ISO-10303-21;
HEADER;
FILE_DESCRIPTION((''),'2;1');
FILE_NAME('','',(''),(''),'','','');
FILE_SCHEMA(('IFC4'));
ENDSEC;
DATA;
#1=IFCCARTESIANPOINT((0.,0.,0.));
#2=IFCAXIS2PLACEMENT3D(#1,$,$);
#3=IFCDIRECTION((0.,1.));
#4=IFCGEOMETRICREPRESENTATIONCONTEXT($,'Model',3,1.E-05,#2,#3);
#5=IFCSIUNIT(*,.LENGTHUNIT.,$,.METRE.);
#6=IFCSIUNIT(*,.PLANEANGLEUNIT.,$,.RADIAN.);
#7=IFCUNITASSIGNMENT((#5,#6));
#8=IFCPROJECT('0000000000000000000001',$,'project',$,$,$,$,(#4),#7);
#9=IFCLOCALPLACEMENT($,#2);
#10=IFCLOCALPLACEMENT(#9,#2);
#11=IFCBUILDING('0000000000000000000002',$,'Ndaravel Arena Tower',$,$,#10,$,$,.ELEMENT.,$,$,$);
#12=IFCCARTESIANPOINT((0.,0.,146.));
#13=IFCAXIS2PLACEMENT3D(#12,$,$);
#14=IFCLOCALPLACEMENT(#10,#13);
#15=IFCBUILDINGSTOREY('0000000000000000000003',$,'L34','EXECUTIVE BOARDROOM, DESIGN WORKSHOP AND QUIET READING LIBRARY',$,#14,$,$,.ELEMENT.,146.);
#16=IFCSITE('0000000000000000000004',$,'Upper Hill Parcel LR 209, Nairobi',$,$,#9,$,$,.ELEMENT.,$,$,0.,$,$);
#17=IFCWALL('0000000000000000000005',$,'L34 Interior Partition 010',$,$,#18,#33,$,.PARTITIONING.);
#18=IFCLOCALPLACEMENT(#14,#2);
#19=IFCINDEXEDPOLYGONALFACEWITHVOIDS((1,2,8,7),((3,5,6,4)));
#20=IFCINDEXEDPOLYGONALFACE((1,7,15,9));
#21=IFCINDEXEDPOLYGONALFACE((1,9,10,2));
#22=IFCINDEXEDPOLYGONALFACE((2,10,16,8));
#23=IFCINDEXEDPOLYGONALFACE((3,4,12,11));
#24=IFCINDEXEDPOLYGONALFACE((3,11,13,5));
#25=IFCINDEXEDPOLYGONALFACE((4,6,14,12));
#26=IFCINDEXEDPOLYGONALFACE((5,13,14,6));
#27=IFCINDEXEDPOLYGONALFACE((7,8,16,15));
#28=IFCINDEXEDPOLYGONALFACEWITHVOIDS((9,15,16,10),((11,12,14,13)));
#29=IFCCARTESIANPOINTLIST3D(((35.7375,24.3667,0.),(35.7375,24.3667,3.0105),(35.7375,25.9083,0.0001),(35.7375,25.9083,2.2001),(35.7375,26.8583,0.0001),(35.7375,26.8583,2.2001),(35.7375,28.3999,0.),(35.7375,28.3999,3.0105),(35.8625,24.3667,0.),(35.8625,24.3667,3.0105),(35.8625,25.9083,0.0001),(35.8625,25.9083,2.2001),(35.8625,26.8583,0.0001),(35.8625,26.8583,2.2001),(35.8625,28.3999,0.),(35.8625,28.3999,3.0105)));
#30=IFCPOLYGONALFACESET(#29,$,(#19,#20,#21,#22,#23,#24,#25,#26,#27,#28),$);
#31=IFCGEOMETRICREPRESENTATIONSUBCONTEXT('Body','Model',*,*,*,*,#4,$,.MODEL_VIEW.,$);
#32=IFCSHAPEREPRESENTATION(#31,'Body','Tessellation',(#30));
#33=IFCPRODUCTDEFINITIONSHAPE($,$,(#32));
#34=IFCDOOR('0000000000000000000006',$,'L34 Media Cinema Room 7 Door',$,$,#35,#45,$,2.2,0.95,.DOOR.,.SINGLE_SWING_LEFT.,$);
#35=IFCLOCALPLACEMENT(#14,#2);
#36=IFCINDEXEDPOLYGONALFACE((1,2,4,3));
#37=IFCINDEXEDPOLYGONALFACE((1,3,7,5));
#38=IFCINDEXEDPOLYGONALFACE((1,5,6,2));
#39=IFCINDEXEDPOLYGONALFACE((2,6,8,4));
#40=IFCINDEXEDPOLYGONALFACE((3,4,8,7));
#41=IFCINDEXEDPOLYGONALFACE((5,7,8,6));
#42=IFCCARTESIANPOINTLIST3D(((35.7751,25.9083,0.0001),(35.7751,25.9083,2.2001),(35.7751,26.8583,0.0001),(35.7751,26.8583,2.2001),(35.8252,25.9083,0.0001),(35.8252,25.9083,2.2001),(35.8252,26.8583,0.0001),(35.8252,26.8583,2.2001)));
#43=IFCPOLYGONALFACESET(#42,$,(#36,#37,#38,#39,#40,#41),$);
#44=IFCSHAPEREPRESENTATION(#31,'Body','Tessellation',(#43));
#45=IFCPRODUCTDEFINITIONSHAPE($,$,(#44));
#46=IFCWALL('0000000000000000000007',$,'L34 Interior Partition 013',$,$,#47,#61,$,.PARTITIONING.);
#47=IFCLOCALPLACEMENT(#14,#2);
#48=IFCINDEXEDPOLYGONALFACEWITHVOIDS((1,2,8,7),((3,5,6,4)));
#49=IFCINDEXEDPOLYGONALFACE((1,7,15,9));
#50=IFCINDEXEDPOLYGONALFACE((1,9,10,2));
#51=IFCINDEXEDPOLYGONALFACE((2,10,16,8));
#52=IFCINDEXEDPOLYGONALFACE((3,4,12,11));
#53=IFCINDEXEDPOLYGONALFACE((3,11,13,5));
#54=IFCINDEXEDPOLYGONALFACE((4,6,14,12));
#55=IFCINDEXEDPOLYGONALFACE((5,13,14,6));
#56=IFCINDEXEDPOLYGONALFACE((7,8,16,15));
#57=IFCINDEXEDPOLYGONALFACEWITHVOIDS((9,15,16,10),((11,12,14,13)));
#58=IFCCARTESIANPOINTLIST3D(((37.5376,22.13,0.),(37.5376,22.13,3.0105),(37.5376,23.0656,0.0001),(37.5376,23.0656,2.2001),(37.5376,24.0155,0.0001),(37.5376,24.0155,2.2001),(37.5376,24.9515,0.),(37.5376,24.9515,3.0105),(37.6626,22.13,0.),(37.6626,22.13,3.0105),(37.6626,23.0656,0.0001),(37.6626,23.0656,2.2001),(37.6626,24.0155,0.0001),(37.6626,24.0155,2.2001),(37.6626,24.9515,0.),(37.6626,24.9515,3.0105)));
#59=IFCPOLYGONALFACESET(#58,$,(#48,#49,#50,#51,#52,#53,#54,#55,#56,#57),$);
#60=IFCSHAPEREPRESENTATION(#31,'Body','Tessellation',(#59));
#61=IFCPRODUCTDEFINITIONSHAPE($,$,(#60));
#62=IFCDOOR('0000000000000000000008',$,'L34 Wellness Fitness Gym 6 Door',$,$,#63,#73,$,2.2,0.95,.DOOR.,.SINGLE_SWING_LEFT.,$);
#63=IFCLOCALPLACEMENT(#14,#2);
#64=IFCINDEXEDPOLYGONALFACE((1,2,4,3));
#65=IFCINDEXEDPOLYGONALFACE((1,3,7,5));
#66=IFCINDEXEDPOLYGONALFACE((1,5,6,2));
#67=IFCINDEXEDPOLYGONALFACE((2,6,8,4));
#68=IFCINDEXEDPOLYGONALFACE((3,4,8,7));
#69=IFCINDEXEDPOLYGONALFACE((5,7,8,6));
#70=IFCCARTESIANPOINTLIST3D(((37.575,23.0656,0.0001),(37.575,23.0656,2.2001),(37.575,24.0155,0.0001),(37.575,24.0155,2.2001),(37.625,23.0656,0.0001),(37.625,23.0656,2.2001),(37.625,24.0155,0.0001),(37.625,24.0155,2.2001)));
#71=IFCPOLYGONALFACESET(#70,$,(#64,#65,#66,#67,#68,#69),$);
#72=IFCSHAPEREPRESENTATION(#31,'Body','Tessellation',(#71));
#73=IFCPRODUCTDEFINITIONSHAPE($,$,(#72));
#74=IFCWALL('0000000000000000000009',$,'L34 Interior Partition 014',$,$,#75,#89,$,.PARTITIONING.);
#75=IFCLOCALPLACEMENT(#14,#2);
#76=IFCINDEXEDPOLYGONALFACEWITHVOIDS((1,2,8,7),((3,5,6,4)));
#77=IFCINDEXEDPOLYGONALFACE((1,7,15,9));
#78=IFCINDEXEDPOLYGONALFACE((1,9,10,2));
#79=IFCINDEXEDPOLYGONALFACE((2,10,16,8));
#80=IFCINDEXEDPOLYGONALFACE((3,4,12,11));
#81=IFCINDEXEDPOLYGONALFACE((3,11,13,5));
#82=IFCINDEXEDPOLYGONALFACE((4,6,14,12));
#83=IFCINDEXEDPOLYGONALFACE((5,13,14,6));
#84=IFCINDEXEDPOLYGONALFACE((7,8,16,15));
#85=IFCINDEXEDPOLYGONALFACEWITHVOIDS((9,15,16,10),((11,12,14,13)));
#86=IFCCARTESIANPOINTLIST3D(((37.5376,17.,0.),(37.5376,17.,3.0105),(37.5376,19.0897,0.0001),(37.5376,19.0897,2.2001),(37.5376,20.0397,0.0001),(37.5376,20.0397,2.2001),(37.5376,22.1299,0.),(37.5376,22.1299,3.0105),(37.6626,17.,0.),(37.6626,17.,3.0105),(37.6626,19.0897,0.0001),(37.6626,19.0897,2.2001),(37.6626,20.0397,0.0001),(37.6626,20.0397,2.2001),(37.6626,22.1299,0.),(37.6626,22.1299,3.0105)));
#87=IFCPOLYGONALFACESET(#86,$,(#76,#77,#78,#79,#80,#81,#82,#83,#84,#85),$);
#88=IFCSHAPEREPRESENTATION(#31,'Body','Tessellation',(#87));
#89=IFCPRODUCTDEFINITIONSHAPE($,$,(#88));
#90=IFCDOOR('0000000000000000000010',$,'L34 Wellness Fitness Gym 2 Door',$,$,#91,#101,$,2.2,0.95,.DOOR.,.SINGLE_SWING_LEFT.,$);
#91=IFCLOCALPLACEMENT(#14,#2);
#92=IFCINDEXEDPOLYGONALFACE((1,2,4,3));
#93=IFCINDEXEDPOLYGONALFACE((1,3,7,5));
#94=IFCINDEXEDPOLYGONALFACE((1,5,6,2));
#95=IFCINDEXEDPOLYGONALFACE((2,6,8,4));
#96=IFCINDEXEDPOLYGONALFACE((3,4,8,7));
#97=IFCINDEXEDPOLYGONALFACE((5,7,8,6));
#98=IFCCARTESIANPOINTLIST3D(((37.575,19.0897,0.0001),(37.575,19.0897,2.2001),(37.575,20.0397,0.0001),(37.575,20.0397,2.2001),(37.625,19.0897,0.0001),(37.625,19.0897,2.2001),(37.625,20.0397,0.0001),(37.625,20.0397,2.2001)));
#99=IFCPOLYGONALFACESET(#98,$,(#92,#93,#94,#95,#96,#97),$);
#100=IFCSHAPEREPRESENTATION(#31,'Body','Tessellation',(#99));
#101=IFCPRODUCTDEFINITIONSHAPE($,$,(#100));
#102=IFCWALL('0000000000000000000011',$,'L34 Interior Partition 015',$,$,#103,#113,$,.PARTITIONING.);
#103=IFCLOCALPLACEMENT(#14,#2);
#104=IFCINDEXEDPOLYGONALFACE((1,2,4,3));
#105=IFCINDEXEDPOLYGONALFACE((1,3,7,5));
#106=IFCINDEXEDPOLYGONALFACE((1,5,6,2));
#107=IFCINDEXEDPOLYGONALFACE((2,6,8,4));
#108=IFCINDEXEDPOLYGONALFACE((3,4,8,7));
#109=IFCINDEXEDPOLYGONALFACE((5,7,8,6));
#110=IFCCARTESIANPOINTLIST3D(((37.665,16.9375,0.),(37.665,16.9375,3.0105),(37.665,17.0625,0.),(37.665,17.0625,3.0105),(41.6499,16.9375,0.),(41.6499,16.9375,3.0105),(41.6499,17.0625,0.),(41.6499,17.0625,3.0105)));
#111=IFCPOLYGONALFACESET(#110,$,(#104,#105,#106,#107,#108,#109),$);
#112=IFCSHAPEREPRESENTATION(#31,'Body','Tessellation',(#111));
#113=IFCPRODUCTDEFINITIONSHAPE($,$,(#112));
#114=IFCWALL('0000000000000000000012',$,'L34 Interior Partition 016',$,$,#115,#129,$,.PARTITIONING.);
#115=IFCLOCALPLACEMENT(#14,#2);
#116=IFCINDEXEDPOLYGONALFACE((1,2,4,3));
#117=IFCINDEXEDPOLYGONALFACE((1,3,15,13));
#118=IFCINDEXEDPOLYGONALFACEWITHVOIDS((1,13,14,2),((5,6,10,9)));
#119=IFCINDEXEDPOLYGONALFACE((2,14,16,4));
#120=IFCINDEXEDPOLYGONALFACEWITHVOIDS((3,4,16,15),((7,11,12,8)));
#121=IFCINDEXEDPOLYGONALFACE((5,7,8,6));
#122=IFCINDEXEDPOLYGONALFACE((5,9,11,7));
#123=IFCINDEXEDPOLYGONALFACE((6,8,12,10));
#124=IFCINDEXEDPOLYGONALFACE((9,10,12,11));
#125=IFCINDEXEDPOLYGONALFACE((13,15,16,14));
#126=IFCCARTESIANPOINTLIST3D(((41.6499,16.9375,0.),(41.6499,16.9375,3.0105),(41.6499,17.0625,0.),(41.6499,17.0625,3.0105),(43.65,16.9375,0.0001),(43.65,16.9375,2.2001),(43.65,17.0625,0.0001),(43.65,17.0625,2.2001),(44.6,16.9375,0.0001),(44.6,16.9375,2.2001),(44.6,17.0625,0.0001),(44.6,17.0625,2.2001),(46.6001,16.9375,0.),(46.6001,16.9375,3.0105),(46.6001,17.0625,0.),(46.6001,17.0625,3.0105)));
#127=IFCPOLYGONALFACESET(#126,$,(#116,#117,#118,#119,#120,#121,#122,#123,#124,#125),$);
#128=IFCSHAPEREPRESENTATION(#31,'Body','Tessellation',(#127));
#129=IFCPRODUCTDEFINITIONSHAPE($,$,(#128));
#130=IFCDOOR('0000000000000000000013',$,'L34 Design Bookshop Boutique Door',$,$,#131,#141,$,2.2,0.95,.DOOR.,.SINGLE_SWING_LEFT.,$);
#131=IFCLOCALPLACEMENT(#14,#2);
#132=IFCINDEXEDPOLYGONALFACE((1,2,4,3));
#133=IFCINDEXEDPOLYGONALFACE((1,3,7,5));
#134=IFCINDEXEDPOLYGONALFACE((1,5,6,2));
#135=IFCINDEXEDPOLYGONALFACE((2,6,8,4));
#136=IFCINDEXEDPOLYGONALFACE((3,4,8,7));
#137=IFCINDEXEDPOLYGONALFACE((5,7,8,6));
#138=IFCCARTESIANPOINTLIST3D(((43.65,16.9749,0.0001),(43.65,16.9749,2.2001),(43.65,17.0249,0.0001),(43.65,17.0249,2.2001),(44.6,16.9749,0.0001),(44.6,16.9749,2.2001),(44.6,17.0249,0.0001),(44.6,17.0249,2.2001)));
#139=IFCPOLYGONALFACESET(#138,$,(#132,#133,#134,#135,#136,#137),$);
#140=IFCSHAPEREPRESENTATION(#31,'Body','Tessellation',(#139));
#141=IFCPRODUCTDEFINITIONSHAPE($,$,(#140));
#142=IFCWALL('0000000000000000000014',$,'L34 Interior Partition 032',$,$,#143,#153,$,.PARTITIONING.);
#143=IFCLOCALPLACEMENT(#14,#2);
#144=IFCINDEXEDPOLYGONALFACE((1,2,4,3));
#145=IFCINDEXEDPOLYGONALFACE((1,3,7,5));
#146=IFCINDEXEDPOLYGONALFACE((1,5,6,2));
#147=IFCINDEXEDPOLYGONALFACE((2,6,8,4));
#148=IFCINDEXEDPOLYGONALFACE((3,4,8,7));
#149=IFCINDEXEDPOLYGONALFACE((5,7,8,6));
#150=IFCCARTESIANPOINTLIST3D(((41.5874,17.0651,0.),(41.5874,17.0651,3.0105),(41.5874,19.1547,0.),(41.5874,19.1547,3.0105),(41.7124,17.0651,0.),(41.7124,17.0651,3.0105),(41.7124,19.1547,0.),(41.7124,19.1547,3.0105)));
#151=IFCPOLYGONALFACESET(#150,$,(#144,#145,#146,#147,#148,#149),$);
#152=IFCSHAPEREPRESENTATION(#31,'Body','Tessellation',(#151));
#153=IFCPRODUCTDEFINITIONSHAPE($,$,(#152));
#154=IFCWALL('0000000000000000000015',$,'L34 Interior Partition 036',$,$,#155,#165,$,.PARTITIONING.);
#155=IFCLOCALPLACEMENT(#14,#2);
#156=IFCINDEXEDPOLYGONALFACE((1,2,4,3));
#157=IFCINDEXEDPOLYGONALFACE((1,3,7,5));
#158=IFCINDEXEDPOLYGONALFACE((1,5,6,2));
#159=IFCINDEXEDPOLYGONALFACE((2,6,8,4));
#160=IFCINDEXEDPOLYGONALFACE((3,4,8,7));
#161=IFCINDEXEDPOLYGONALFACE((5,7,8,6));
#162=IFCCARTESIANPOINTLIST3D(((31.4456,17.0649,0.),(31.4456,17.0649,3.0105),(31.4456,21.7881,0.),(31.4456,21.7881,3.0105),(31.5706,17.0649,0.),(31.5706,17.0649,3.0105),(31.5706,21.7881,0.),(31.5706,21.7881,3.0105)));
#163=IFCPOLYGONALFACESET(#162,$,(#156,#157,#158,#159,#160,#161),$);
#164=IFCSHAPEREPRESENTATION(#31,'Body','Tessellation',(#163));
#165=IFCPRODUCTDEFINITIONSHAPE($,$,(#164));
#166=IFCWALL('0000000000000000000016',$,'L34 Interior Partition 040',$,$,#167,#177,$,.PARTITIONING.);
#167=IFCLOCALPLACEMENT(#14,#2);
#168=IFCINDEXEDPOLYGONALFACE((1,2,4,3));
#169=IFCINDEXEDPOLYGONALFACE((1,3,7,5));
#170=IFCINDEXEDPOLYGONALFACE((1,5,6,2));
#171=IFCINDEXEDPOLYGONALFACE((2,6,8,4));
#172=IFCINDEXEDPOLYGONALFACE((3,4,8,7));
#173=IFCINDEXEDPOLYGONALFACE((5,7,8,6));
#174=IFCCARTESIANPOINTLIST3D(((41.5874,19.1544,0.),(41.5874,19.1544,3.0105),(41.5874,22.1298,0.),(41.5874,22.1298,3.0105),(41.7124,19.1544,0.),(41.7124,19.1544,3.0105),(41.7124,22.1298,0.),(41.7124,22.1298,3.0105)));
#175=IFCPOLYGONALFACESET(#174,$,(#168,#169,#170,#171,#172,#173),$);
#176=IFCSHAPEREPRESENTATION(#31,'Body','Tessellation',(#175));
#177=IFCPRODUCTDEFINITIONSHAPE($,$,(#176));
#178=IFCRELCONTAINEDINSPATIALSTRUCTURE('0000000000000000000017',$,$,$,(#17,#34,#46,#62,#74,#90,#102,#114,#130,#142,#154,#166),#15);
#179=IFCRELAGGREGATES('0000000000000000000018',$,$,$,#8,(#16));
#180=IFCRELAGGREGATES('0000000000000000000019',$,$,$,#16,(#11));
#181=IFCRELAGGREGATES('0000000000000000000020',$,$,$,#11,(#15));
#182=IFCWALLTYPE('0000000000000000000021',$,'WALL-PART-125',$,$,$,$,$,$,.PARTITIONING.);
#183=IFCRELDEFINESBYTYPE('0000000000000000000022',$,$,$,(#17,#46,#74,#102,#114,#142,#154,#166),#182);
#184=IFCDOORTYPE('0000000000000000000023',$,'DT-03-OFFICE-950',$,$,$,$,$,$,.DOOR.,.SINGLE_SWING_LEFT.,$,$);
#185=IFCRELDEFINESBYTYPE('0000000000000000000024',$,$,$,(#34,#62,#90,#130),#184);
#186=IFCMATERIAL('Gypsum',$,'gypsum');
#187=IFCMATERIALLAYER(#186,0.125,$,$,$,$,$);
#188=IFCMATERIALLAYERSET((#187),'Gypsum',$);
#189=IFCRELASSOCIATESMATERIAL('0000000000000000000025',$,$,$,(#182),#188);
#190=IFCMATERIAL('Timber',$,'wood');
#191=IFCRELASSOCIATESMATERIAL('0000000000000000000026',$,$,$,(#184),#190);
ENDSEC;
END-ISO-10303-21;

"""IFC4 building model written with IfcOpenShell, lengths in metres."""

from ifc_helpers import new_model, si_unit, direction, frame, frame_2d, origin, place, context, subcontext, project, spatial, rectangle, extrude, material, layer, layer_set, type_object, element, fill, save


model = new_model("IFC4")

# Units and contexts
model_context = context("Model", 3, precision=1e-05, world=origin(), true_north=direction((0.0, 1.0)))
body_context = subcontext(model_context, "Body", "Model", "MODEL_VIEW")
ifc_project = project(units=[si_unit("LENGTHUNIT", "METRE"), si_unit("PLANEANGLEUNIT", "RADIAN")], contexts=[model_context])

# Site, building, storey
site_placement = place(None, origin())
site = spatial("IfcSite", under=ifc_project, at=site_placement, Name="Upper Hill Parcel LR 209, Nairobi", CompositionType="ELEMENT", RefElevation=0.0)
building_placement = place(site_placement, origin())
building = spatial("IfcBuilding", under=site, at=building_placement, Name="Ndaravel Arena Tower", CompositionType="ELEMENT")
storey_placement = place(building_placement, frame((0.0, 0.0, 146.0)))
storey = spatial("IfcBuildingStorey", under=building, at=storey_placement, Name="L34", Description="EXECUTIVE BOARDROOM, DESIGN WORKSHOP AND QUIET READING LIBRARY", CompositionType="ELEMENT", Elevation=146.0)

# Shared definitions
ifc_material_1 = material(Name="Gypsum", Category="gypsum")
ifc_layer_1 = layer(ifc_material_1, 0.125)
ifc_layer_set_1 = layer_set([ifc_layer_1], Name="Gypsum")
wall_type_1 = type_object("IfcWallType", Name="WALL-PART-125", PredefinedType="PARTITIONING", material=ifc_layer_set_1)

# Walls, openings, doors
ifc_material_2 = material(Name="Timber", Category="wood")
door_type_1 = type_object("IfcDoorType", Name="DT-03-OFFICE-950", OperationType="SINGLE_SWING_LEFT", PredefinedType="DOOR", material=ifc_material_2)
wall_1_placement = place(storey_placement, frame((35.8, 24.3667, 0.0), z_axis=(0.0, 0.0, 1.0), x_axis=(0.0, 1.0, 0.0)))
wall_1 = element("IfcWall", 1, at=wall_1_placement, inside=storey, type_object=wall_type_1, Name="L34 Interior Partition 010", PredefinedType="PARTITIONING", context=body_context, shape_type="SweptSolid", body=[
    extrude(rectangle(XDim=4.0332, YDim=0.125, at=frame_2d((2.0166, 0.0))), origin(), (0.0, 0.0, 1.0), 3.0105),
])
opening_1_placement = place(wall_1_placement, frame((1.5415, 0.0, 0.0)))
opening_1 = element("IfcOpeningElement", 2, at=opening_1_placement, cuts=wall_1, PredefinedType="OPENING", context=body_context, shape_type="SweptSolid", body=[
    extrude(rectangle(XDim=0.95, YDim=2.2, at=frame_2d((0.4751, 1.1001))), frame((0.0, 0.0625, 0.0), z_axis=(0.0, -1.0, 0.0), x_axis=(1.0, 0.0, 0.0)), (0.0, 0.0, 1.0), 0.125),
])
door_1_placement = place(opening_1_placement, origin())
door_1 = element("IfcDoor", 3, at=door_1_placement, inside=storey, type_object=door_type_1, Name="L34 Media Cinema Room 7 Door", OperationType="SINGLE_SWING_LEFT", OverallHeight=2.2, OverallWidth=0.95, PredefinedType="DOOR", context=body_context, shape_type="SweptSolid", body=[
    extrude(rectangle(XDim=0.95, YDim=2.2, at=frame_2d((0.4751, 1.1001))), frame((0.0, 0.0249, 0.0), z_axis=(0.0, -1.0, 0.0), x_axis=(1.0, 0.0, 0.0)), (0.0, 0.0, 1.0), 0.05),
])
fill(opening_1, door_1)
wall_2_placement = place(storey_placement, frame((37.6001, 24.9514, 0.0), z_axis=(0.0, 0.0, 1.0), x_axis=(0.0, -1.0, 0.0)))
wall_2 = element("IfcWall", 4, at=wall_2_placement, inside=storey, type_object=wall_type_1, Name="L34 Interior Partition 013", PredefinedType="PARTITIONING", context=body_context, shape_type="SweptSolid", body=[
    extrude(rectangle(XDim=2.8215, YDim=0.125, at=frame_2d((1.4106, 0.0))), origin(), (0.0, 0.0, 1.0), 3.0105),
])
opening_2_placement = place(wall_2_placement, frame((0.9358, 0.0, 0.0)))
opening_2 = element("IfcOpeningElement", 5, at=opening_2_placement, cuts=wall_2, PredefinedType="OPENING", context=body_context, shape_type="SweptSolid", body=[
    extrude(rectangle(XDim=0.95, YDim=2.2, at=frame_2d((0.4751, 1.1001))), frame((0.0, 0.0625, 0.0), z_axis=(0.0, -1.0, 0.0), x_axis=(1.0, 0.0, 0.0)), (0.0, 0.0, 1.0), 0.125),
])
door_2_placement = place(opening_2_placement, origin())
door_2 = element("IfcDoor", 6, at=door_2_placement, inside=storey, type_object=door_type_1, Name="L34 Wellness Fitness Gym 6 Door", OperationType="SINGLE_SWING_LEFT", OverallHeight=2.2, OverallWidth=0.95, PredefinedType="DOOR", context=body_context, shape_type="SweptSolid", body=[
    extrude(rectangle(XDim=0.95, YDim=2.2, at=frame_2d((0.4751, 1.1001))), frame((0.0, 0.0249, 0.0), z_axis=(0.0, -1.0, 0.0), x_axis=(1.0, 0.0, 0.0)), (0.0, 0.0, 1.0), 0.05),
])
fill(opening_2, door_2)
wall_3_placement = place(storey_placement, frame((37.6001, 22.1299, 0.0), z_axis=(0.0, 0.0, 1.0), x_axis=(0.0, -1.0, 0.0)))
wall_3 = element("IfcWall", 7, at=wall_3_placement, inside=storey, type_object=wall_type_1, Name="L34 Interior Partition 014", PredefinedType="PARTITIONING", context=body_context, shape_type="SweptSolid", body=[
    extrude(rectangle(XDim=5.1299, YDim=0.125, at=frame_2d((2.5649, 0.0))), origin(), (0.0, 0.0, 1.0), 3.0105),
])
opening_3_placement = place(wall_3_placement, frame((2.0901, 0.0, 0.0)))
opening_3 = element("IfcOpeningElement", 8, at=opening_3_placement, cuts=wall_3, PredefinedType="OPENING", context=body_context, shape_type="SweptSolid", body=[
    extrude(rectangle(XDim=0.95, YDim=2.2, at=frame_2d((0.4751, 1.1001))), frame((0.0, 0.0625, 0.0), z_axis=(0.0, -1.0, 0.0), x_axis=(1.0, 0.0, 0.0)), (0.0, 0.0, 1.0), 0.125),
])
door_3_placement = place(opening_3_placement, origin())
door_3 = element("IfcDoor", 9, at=door_3_placement, inside=storey, type_object=door_type_1, Name="L34 Wellness Fitness Gym 2 Door", OperationType="SINGLE_SWING_LEFT", OverallHeight=2.2, OverallWidth=0.95, PredefinedType="DOOR", context=body_context, shape_type="SweptSolid", body=[
    extrude(rectangle(XDim=0.95, YDim=2.2, at=frame_2d((0.4751, 1.1001))), frame((0.0, 0.0249, 0.0), z_axis=(0.0, -1.0, 0.0), x_axis=(1.0, 0.0, 0.0)), (0.0, 0.0, 1.0), 0.05),
])
fill(opening_3, door_3)

# Wall
wall_4_placement = place(storey_placement, frame((37.665, 17.0, 0.0), z_axis=(0.0, 0.0, 1.0), x_axis=(1.0, 0.0, 0.0)))
element("IfcWall", 10, at=wall_4_placement, inside=storey, type_object=wall_type_1, Name="L34 Interior Partition 015", PredefinedType="PARTITIONING", context=body_context, shape_type="SweptSolid", body=[
    extrude(rectangle(XDim=3.9849, YDim=0.125, at=frame_2d((1.9924, 0.0))), origin(), (0.0, 0.0, 1.0), 3.0105),
])

# Wall, opening, door
wall_5_placement = place(storey_placement, frame((41.6499, 17.0, 0.0), z_axis=(0.0, 0.0, 1.0), x_axis=(1.0, 0.0, 0.0)))
wall_5 = element("IfcWall", 11, at=wall_5_placement, inside=storey, type_object=wall_type_1, Name="L34 Interior Partition 016", PredefinedType="PARTITIONING", context=body_context, shape_type="SweptSolid", body=[
    extrude(rectangle(XDim=4.9502, YDim=0.125, at=frame_2d((2.4751, 0.0))), origin(), (0.0, 0.0, 1.0), 3.0105),
])
opening_4_placement = place(wall_5_placement, frame((2.0, 0.0, 0.0)))
opening_4 = element("IfcOpeningElement", 12, at=opening_4_placement, cuts=wall_5, PredefinedType="OPENING", context=body_context, shape_type="SweptSolid", body=[
    extrude(rectangle(XDim=0.95, YDim=2.2, at=frame_2d((0.4751, 1.1001))), frame((0.0, 0.0625, 0.0), z_axis=(0.0, -1.0, 0.0), x_axis=(1.0, 0.0, 0.0)), (0.0, 0.0, 1.0), 0.125),
])
door_4_placement = place(opening_4_placement, origin())
door_4 = element("IfcDoor", 13, at=door_4_placement, inside=storey, type_object=door_type_1, Name="L34 Design Bookshop Boutique Door", OperationType="SINGLE_SWING_LEFT", OverallHeight=2.2, OverallWidth=0.95, PredefinedType="DOOR", context=body_context, shape_type="SweptSolid", body=[
    extrude(rectangle(XDim=0.95, YDim=2.2, at=frame_2d((0.4751, 1.1001))), frame((0.0, 0.0249, 0.0), z_axis=(0.0, -1.0, 0.0), x_axis=(1.0, 0.0, 0.0)), (0.0, 0.0, 1.0), 0.05),
])
fill(opening_4, door_4)

# Walls
wall_6_placement = place(storey_placement, frame((41.6499, 17.0649, 0.0), z_axis=(0.0, 0.0, 1.0), x_axis=(0.0, 1.0, 0.0)))
element("IfcWall", 14, at=wall_6_placement, inside=storey, type_object=wall_type_1, Name="L34 Interior Partition 032", PredefinedType="PARTITIONING", context=body_context, shape_type="SweptSolid", body=[
    extrude(rectangle(XDim=2.0896, YDim=0.125, at=frame_2d((1.0449, 0.0))), origin(), (0.0, 0.0, 1.0), 3.0105),
])
wall_7_placement = place(storey_placement, frame((31.5081, 21.7881, 0.0), z_axis=(0.0, 0.0, 1.0), x_axis=(0.0, -1.0, 0.0)))
element("IfcWall", 15, at=wall_7_placement, inside=storey, type_object=wall_type_1, Name="L34 Interior Partition 036", PredefinedType="PARTITIONING", context=body_context, shape_type="SweptSolid", body=[
    extrude(rectangle(XDim=4.7231, YDim=0.125, at=frame_2d((2.3616, 0.0))), origin(), (0.0, 0.0, 1.0), 3.0105),
])
wall_8_placement = place(storey_placement, frame((41.6499, 22.1299, 0.0), z_axis=(0.0, 0.0, 1.0), x_axis=(0.0, -1.0, 0.0)))
element("IfcWall", 16, at=wall_8_placement, inside=storey, type_object=wall_type_1, Name="L34 Interior Partition 040", PredefinedType="PARTITIONING", context=body_context, shape_type="SweptSolid", body=[
    extrude(rectangle(XDim=2.9753, YDim=0.125, at=frame_2d((1.4878, 0.0))), origin(), (0.0, 0.0, 1.0), 3.0105),
])

save(model, "model.ifc")
